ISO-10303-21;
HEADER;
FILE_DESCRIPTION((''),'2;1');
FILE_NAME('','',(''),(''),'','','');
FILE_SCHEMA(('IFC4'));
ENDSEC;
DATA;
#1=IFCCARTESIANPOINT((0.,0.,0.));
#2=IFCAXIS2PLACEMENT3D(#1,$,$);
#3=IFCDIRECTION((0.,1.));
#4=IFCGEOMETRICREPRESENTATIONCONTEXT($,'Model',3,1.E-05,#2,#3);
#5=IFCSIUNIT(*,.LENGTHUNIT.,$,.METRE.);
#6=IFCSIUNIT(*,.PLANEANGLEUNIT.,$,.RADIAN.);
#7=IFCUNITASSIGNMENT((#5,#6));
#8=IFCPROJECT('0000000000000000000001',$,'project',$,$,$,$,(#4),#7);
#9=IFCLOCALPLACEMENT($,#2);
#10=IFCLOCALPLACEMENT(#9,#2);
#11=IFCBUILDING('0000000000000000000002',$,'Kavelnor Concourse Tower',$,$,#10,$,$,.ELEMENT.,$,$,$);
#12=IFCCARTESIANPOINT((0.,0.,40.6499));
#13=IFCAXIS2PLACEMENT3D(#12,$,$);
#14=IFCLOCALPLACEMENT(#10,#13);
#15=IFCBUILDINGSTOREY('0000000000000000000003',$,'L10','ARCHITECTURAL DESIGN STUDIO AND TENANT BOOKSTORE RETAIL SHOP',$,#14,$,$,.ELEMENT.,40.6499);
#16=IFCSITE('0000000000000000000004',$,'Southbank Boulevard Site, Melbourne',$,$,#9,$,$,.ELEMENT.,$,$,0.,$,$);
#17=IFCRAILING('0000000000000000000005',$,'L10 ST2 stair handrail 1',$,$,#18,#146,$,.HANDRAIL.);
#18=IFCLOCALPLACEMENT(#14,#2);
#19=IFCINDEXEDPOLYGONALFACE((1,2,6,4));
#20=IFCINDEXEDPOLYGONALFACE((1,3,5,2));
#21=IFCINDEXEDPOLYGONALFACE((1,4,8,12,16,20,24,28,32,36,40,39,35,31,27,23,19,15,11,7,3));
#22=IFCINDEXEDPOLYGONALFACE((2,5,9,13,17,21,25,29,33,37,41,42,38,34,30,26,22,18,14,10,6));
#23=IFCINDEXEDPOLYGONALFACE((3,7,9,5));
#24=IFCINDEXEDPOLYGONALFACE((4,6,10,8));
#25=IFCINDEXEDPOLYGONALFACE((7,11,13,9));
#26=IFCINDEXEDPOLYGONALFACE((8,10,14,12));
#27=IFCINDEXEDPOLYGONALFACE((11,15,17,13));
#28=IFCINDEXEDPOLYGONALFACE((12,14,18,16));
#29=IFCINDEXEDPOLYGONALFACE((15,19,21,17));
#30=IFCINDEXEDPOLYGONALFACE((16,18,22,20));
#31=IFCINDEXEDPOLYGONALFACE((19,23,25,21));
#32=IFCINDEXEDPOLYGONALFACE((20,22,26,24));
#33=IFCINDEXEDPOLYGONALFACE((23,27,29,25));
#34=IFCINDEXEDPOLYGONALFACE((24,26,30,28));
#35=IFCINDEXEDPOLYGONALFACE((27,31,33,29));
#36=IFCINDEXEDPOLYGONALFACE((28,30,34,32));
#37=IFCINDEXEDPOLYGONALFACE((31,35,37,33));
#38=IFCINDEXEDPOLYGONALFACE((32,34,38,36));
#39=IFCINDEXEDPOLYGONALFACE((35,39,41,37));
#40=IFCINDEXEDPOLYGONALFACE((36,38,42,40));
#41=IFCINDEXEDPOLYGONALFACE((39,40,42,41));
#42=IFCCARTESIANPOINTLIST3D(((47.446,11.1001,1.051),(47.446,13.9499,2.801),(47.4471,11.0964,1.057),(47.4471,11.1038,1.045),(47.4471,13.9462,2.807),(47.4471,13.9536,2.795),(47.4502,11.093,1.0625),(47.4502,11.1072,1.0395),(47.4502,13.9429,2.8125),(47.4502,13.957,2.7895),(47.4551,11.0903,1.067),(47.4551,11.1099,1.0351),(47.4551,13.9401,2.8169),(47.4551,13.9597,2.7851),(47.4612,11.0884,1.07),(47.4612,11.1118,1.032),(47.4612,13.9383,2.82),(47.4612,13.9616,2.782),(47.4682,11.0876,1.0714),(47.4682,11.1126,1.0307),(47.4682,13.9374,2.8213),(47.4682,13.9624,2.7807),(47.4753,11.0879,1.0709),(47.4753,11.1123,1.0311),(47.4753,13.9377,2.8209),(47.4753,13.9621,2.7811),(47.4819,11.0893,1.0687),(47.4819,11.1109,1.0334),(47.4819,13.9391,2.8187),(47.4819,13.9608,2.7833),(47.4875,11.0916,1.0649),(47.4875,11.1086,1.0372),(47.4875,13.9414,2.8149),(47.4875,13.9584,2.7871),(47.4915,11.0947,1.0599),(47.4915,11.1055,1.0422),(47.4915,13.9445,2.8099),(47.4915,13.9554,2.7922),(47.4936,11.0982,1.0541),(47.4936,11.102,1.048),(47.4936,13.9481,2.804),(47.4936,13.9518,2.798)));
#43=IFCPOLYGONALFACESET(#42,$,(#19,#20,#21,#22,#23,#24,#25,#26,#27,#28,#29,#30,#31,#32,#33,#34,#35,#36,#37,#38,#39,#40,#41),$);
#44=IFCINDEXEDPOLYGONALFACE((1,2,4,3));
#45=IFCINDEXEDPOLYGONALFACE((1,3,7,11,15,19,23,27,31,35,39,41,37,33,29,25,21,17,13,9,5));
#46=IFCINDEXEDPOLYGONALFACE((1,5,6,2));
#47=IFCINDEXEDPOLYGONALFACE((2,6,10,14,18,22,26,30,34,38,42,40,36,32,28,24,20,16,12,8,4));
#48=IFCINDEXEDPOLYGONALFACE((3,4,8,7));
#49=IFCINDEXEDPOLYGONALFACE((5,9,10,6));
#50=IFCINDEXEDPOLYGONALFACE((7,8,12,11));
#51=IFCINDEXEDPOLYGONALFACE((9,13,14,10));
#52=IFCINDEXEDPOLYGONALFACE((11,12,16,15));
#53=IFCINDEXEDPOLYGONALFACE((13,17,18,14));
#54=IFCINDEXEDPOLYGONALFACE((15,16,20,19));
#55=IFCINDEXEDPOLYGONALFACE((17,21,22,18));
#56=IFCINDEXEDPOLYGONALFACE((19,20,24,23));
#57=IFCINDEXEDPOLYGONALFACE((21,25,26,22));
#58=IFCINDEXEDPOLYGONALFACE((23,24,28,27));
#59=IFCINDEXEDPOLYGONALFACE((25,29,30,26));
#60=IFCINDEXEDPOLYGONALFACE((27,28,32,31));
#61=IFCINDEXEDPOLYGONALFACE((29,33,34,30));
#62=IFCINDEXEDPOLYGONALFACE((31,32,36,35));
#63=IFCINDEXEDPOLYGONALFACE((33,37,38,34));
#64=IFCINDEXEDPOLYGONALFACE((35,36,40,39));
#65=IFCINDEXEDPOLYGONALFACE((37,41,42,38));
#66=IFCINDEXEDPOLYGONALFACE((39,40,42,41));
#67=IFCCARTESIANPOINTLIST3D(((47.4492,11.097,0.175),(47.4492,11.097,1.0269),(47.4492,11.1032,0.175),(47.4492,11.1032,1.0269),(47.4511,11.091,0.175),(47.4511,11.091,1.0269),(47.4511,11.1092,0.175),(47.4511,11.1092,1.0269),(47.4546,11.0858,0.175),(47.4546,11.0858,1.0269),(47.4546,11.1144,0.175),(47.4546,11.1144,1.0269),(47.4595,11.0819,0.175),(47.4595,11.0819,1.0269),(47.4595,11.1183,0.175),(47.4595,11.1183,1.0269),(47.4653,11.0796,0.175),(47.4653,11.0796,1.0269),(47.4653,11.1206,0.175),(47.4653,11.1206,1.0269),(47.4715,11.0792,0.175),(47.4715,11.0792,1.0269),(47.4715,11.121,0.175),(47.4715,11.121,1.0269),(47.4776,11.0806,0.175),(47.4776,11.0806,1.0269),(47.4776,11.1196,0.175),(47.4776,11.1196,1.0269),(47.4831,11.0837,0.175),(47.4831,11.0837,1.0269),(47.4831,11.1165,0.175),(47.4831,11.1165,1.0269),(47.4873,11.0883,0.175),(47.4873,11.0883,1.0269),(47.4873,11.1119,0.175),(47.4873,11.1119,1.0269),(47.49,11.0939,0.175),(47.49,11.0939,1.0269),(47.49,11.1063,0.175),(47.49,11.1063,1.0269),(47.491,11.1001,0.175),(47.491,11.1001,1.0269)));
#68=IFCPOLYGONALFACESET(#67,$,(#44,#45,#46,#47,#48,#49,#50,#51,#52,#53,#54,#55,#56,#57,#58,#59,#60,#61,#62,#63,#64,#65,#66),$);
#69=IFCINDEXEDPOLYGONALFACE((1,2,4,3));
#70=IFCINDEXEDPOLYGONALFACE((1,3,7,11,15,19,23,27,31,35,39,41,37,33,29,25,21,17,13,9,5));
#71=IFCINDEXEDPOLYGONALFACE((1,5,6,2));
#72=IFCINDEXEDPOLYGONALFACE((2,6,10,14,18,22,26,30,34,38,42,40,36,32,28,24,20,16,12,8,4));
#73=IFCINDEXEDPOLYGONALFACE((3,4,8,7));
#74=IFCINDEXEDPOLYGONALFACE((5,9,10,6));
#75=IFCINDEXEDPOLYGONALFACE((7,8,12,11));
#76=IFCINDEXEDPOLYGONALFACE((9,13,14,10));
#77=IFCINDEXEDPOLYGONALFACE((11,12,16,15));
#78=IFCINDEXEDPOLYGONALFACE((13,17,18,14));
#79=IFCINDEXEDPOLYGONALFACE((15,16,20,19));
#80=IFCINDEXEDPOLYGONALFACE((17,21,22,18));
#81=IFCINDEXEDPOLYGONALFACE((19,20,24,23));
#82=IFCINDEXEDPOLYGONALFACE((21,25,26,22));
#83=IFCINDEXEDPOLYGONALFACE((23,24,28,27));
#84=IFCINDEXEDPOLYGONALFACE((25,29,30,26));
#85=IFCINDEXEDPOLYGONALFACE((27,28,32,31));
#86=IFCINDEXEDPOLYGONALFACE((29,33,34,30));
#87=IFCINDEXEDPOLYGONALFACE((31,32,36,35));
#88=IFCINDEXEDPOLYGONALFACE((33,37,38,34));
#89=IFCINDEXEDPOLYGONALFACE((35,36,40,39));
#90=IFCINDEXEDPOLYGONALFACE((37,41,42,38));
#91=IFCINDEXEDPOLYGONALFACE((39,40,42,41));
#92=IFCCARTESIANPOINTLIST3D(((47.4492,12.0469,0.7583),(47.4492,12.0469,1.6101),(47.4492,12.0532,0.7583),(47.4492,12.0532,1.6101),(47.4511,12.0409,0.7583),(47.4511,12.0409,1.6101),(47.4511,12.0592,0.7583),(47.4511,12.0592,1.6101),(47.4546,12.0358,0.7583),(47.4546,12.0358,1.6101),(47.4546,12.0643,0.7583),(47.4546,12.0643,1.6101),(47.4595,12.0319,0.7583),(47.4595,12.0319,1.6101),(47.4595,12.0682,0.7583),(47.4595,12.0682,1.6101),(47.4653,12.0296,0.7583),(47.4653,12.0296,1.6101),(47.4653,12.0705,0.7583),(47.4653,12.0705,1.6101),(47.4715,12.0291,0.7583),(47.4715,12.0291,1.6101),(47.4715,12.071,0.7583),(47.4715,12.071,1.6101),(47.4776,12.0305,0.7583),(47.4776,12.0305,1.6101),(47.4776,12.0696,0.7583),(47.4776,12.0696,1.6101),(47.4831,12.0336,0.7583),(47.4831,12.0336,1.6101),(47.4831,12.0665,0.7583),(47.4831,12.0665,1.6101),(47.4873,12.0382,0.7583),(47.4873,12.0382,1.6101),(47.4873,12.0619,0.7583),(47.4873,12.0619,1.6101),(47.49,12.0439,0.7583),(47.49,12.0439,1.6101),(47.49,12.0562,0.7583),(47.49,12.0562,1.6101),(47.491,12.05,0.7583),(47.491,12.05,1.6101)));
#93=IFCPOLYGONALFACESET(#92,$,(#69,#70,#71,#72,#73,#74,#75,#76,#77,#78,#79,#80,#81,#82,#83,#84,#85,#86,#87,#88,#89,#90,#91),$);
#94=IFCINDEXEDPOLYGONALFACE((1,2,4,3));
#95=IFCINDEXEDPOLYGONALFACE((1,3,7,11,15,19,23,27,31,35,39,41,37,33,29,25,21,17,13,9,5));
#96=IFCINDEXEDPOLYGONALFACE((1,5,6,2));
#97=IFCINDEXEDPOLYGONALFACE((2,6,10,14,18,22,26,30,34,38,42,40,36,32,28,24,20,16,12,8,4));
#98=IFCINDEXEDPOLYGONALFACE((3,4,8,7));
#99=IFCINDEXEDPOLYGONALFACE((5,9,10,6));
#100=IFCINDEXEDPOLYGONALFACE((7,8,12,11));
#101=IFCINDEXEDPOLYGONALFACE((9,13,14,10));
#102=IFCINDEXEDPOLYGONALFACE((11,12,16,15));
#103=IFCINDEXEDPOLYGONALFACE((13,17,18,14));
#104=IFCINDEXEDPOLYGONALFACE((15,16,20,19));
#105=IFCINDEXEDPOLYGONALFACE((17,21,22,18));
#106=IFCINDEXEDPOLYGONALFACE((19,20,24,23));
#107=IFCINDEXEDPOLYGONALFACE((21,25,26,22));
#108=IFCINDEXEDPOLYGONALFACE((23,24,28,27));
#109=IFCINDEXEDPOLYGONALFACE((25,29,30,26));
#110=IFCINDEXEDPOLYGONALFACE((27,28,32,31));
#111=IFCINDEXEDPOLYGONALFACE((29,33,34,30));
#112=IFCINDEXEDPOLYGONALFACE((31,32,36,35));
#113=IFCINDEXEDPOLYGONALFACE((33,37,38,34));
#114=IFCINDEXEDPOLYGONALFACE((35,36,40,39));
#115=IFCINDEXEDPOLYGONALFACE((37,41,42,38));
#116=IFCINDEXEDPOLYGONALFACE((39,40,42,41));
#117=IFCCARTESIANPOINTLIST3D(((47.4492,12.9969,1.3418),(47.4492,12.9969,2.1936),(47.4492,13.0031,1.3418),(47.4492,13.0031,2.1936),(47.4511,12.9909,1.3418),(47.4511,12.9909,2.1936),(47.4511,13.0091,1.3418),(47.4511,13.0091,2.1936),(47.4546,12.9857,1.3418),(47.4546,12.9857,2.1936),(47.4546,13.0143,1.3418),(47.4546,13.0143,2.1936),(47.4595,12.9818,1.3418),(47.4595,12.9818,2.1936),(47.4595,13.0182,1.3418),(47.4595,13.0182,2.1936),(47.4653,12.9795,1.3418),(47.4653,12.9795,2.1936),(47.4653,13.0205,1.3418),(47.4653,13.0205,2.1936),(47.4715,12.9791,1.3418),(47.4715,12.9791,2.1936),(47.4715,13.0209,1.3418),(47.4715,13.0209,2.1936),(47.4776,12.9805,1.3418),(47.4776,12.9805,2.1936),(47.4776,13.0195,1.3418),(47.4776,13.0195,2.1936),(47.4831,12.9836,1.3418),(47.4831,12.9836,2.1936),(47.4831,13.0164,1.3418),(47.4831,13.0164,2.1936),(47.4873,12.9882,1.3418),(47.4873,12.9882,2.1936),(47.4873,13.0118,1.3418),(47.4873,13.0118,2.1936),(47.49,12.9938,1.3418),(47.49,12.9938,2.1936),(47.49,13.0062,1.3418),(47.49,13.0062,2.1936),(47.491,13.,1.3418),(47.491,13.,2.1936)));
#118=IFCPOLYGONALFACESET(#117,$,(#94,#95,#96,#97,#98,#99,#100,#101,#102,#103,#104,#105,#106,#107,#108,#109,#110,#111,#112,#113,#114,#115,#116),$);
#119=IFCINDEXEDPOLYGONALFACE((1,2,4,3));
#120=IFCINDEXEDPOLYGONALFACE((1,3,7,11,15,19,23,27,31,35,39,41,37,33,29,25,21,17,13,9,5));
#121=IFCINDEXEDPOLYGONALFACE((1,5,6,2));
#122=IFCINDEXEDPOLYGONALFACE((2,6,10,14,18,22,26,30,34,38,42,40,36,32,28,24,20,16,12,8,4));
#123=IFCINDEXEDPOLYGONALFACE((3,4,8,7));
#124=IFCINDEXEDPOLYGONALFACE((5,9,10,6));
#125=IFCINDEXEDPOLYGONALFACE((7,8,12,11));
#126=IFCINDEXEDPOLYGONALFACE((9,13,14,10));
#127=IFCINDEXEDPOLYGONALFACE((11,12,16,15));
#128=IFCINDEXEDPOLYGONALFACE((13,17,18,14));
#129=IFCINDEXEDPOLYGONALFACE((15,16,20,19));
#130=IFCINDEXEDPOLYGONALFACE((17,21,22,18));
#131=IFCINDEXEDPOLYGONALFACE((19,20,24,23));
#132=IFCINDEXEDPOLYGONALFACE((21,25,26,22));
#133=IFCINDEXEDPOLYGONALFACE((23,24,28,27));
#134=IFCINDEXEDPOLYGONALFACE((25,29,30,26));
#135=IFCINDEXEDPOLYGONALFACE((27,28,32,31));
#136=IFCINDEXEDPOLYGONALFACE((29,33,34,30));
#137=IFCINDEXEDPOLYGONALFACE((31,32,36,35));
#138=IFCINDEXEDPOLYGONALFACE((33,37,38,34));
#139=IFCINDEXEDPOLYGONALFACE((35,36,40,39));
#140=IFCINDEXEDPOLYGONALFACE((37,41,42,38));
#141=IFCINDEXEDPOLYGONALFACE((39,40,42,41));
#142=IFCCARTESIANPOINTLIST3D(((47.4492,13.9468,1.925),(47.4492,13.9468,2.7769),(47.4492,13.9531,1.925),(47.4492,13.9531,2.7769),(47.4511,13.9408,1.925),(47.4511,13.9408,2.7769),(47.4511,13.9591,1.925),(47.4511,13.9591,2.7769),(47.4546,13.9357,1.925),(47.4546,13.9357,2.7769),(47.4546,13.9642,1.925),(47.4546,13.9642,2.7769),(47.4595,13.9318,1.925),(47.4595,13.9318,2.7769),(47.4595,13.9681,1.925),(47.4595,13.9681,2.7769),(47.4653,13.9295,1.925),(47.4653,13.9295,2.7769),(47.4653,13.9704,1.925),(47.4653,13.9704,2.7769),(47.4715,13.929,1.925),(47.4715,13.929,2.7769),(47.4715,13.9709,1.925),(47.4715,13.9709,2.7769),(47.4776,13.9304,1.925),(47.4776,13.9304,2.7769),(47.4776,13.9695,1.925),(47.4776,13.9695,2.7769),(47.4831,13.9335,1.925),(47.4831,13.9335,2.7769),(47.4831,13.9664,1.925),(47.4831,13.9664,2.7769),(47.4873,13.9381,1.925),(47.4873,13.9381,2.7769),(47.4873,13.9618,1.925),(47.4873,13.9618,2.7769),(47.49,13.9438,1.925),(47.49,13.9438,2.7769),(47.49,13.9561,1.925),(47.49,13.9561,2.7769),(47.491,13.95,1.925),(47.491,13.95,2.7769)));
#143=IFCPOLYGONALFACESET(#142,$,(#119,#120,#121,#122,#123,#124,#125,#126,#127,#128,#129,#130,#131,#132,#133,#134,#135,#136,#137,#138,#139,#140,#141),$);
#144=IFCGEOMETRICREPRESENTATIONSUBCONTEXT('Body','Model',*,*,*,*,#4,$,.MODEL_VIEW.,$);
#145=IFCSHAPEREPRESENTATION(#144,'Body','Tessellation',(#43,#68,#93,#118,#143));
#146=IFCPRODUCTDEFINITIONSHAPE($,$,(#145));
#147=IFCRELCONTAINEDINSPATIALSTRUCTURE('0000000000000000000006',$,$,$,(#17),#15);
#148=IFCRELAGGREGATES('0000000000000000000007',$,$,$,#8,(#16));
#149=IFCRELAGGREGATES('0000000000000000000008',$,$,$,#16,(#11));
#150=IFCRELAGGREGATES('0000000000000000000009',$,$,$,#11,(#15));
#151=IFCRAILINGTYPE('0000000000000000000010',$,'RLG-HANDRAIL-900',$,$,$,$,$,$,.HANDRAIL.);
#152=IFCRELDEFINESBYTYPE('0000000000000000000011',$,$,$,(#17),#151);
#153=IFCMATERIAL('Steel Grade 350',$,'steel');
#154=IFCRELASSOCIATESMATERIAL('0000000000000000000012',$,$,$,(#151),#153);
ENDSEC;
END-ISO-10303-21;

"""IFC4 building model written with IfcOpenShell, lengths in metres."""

from ifc_helpers import new_model, si_unit, direction, frame, origin, origin_2d, place, context, subcontext, project, spatial, circle, extrude, material, type_object, element, save


model = new_model("IFC4")

# Units and contexts
model_context = context("Model", 3, precision=1e-05, world=origin(), true_north=direction((0.0, 1.0)))
body_context = subcontext(model_context, "Body", "Model", "MODEL_VIEW")
ifc_project = project(units=[si_unit("LENGTHUNIT", "METRE"), si_unit("PLANEANGLEUNIT", "RADIAN")], contexts=[model_context])

# Site, building, storey
site_placement = place(None, origin())
site = spatial("IfcSite", under=ifc_project, at=site_placement, Name="Southbank Boulevard Site, Melbourne", CompositionType="ELEMENT", RefElevation=0.0)
building_placement = place(site_placement, origin())
building = spatial("IfcBuilding", under=site, at=building_placement, Name="Kavelnor Concourse Tower", CompositionType="ELEMENT")
storey_placement = place(building_placement, frame((0.0, 0.0, 40.6499)))
storey = spatial("IfcBuildingStorey", under=building, at=storey_placement, Name="L10", Description="ARCHITECTURAL DESIGN STUDIO AND TENANT BOOKSTORE RETAIL SHOP", CompositionType="ELEMENT", Elevation=40.6499)

# Shared definitions
ifc_material_1 = material(Name="Steel Grade 350", Category="steel")

# Railing
railing_type_1 = type_object("IfcRailingType", Name="RLG-HANDRAIL-900", PredefinedType="HANDRAIL", material=ifc_material_1)
railing_1_placement = place(storey_placement, frame((47.47, 11.1001, 0.175)))
element("IfcRailing", 1, at=railing_1_placement, inside=storey, type_object=railing_type_1, Name="L10 ST2 stair handrail 1", PredefinedType="HANDRAIL", context=body_context, shape_type="SweptSolid", body=[
    extrude(circle(Radius=0.0239, at=origin_2d()), frame((0.0, 0.0, 0.876), z_axis=(0.0, 0.852159, 0.523283), x_axis=(-1.0, 0.0, 0.0)), (0.0, 0.0, 1.0), 3.3442),
    extrude(circle(Radius=0.021, at=origin_2d()), origin(), (0.0, 0.0, 1.0), 0.8518),
    extrude(circle(Radius=0.021, at=origin_2d()), frame((0.0, 0.95, 0.5833)), (0.0, 0.0, 1.0), 0.8518),
    extrude(circle(Radius=0.021, at=origin_2d()), frame((0.0, 1.8999, 1.1667)), (0.0, 0.0, 1.0), 0.8518),
    extrude(circle(Radius=0.021, at=origin_2d()), frame((0.0, 2.8499, 1.75)), (0.0, 0.0, 1.0), 0.8518),
])

save(model, "model.ifc")
